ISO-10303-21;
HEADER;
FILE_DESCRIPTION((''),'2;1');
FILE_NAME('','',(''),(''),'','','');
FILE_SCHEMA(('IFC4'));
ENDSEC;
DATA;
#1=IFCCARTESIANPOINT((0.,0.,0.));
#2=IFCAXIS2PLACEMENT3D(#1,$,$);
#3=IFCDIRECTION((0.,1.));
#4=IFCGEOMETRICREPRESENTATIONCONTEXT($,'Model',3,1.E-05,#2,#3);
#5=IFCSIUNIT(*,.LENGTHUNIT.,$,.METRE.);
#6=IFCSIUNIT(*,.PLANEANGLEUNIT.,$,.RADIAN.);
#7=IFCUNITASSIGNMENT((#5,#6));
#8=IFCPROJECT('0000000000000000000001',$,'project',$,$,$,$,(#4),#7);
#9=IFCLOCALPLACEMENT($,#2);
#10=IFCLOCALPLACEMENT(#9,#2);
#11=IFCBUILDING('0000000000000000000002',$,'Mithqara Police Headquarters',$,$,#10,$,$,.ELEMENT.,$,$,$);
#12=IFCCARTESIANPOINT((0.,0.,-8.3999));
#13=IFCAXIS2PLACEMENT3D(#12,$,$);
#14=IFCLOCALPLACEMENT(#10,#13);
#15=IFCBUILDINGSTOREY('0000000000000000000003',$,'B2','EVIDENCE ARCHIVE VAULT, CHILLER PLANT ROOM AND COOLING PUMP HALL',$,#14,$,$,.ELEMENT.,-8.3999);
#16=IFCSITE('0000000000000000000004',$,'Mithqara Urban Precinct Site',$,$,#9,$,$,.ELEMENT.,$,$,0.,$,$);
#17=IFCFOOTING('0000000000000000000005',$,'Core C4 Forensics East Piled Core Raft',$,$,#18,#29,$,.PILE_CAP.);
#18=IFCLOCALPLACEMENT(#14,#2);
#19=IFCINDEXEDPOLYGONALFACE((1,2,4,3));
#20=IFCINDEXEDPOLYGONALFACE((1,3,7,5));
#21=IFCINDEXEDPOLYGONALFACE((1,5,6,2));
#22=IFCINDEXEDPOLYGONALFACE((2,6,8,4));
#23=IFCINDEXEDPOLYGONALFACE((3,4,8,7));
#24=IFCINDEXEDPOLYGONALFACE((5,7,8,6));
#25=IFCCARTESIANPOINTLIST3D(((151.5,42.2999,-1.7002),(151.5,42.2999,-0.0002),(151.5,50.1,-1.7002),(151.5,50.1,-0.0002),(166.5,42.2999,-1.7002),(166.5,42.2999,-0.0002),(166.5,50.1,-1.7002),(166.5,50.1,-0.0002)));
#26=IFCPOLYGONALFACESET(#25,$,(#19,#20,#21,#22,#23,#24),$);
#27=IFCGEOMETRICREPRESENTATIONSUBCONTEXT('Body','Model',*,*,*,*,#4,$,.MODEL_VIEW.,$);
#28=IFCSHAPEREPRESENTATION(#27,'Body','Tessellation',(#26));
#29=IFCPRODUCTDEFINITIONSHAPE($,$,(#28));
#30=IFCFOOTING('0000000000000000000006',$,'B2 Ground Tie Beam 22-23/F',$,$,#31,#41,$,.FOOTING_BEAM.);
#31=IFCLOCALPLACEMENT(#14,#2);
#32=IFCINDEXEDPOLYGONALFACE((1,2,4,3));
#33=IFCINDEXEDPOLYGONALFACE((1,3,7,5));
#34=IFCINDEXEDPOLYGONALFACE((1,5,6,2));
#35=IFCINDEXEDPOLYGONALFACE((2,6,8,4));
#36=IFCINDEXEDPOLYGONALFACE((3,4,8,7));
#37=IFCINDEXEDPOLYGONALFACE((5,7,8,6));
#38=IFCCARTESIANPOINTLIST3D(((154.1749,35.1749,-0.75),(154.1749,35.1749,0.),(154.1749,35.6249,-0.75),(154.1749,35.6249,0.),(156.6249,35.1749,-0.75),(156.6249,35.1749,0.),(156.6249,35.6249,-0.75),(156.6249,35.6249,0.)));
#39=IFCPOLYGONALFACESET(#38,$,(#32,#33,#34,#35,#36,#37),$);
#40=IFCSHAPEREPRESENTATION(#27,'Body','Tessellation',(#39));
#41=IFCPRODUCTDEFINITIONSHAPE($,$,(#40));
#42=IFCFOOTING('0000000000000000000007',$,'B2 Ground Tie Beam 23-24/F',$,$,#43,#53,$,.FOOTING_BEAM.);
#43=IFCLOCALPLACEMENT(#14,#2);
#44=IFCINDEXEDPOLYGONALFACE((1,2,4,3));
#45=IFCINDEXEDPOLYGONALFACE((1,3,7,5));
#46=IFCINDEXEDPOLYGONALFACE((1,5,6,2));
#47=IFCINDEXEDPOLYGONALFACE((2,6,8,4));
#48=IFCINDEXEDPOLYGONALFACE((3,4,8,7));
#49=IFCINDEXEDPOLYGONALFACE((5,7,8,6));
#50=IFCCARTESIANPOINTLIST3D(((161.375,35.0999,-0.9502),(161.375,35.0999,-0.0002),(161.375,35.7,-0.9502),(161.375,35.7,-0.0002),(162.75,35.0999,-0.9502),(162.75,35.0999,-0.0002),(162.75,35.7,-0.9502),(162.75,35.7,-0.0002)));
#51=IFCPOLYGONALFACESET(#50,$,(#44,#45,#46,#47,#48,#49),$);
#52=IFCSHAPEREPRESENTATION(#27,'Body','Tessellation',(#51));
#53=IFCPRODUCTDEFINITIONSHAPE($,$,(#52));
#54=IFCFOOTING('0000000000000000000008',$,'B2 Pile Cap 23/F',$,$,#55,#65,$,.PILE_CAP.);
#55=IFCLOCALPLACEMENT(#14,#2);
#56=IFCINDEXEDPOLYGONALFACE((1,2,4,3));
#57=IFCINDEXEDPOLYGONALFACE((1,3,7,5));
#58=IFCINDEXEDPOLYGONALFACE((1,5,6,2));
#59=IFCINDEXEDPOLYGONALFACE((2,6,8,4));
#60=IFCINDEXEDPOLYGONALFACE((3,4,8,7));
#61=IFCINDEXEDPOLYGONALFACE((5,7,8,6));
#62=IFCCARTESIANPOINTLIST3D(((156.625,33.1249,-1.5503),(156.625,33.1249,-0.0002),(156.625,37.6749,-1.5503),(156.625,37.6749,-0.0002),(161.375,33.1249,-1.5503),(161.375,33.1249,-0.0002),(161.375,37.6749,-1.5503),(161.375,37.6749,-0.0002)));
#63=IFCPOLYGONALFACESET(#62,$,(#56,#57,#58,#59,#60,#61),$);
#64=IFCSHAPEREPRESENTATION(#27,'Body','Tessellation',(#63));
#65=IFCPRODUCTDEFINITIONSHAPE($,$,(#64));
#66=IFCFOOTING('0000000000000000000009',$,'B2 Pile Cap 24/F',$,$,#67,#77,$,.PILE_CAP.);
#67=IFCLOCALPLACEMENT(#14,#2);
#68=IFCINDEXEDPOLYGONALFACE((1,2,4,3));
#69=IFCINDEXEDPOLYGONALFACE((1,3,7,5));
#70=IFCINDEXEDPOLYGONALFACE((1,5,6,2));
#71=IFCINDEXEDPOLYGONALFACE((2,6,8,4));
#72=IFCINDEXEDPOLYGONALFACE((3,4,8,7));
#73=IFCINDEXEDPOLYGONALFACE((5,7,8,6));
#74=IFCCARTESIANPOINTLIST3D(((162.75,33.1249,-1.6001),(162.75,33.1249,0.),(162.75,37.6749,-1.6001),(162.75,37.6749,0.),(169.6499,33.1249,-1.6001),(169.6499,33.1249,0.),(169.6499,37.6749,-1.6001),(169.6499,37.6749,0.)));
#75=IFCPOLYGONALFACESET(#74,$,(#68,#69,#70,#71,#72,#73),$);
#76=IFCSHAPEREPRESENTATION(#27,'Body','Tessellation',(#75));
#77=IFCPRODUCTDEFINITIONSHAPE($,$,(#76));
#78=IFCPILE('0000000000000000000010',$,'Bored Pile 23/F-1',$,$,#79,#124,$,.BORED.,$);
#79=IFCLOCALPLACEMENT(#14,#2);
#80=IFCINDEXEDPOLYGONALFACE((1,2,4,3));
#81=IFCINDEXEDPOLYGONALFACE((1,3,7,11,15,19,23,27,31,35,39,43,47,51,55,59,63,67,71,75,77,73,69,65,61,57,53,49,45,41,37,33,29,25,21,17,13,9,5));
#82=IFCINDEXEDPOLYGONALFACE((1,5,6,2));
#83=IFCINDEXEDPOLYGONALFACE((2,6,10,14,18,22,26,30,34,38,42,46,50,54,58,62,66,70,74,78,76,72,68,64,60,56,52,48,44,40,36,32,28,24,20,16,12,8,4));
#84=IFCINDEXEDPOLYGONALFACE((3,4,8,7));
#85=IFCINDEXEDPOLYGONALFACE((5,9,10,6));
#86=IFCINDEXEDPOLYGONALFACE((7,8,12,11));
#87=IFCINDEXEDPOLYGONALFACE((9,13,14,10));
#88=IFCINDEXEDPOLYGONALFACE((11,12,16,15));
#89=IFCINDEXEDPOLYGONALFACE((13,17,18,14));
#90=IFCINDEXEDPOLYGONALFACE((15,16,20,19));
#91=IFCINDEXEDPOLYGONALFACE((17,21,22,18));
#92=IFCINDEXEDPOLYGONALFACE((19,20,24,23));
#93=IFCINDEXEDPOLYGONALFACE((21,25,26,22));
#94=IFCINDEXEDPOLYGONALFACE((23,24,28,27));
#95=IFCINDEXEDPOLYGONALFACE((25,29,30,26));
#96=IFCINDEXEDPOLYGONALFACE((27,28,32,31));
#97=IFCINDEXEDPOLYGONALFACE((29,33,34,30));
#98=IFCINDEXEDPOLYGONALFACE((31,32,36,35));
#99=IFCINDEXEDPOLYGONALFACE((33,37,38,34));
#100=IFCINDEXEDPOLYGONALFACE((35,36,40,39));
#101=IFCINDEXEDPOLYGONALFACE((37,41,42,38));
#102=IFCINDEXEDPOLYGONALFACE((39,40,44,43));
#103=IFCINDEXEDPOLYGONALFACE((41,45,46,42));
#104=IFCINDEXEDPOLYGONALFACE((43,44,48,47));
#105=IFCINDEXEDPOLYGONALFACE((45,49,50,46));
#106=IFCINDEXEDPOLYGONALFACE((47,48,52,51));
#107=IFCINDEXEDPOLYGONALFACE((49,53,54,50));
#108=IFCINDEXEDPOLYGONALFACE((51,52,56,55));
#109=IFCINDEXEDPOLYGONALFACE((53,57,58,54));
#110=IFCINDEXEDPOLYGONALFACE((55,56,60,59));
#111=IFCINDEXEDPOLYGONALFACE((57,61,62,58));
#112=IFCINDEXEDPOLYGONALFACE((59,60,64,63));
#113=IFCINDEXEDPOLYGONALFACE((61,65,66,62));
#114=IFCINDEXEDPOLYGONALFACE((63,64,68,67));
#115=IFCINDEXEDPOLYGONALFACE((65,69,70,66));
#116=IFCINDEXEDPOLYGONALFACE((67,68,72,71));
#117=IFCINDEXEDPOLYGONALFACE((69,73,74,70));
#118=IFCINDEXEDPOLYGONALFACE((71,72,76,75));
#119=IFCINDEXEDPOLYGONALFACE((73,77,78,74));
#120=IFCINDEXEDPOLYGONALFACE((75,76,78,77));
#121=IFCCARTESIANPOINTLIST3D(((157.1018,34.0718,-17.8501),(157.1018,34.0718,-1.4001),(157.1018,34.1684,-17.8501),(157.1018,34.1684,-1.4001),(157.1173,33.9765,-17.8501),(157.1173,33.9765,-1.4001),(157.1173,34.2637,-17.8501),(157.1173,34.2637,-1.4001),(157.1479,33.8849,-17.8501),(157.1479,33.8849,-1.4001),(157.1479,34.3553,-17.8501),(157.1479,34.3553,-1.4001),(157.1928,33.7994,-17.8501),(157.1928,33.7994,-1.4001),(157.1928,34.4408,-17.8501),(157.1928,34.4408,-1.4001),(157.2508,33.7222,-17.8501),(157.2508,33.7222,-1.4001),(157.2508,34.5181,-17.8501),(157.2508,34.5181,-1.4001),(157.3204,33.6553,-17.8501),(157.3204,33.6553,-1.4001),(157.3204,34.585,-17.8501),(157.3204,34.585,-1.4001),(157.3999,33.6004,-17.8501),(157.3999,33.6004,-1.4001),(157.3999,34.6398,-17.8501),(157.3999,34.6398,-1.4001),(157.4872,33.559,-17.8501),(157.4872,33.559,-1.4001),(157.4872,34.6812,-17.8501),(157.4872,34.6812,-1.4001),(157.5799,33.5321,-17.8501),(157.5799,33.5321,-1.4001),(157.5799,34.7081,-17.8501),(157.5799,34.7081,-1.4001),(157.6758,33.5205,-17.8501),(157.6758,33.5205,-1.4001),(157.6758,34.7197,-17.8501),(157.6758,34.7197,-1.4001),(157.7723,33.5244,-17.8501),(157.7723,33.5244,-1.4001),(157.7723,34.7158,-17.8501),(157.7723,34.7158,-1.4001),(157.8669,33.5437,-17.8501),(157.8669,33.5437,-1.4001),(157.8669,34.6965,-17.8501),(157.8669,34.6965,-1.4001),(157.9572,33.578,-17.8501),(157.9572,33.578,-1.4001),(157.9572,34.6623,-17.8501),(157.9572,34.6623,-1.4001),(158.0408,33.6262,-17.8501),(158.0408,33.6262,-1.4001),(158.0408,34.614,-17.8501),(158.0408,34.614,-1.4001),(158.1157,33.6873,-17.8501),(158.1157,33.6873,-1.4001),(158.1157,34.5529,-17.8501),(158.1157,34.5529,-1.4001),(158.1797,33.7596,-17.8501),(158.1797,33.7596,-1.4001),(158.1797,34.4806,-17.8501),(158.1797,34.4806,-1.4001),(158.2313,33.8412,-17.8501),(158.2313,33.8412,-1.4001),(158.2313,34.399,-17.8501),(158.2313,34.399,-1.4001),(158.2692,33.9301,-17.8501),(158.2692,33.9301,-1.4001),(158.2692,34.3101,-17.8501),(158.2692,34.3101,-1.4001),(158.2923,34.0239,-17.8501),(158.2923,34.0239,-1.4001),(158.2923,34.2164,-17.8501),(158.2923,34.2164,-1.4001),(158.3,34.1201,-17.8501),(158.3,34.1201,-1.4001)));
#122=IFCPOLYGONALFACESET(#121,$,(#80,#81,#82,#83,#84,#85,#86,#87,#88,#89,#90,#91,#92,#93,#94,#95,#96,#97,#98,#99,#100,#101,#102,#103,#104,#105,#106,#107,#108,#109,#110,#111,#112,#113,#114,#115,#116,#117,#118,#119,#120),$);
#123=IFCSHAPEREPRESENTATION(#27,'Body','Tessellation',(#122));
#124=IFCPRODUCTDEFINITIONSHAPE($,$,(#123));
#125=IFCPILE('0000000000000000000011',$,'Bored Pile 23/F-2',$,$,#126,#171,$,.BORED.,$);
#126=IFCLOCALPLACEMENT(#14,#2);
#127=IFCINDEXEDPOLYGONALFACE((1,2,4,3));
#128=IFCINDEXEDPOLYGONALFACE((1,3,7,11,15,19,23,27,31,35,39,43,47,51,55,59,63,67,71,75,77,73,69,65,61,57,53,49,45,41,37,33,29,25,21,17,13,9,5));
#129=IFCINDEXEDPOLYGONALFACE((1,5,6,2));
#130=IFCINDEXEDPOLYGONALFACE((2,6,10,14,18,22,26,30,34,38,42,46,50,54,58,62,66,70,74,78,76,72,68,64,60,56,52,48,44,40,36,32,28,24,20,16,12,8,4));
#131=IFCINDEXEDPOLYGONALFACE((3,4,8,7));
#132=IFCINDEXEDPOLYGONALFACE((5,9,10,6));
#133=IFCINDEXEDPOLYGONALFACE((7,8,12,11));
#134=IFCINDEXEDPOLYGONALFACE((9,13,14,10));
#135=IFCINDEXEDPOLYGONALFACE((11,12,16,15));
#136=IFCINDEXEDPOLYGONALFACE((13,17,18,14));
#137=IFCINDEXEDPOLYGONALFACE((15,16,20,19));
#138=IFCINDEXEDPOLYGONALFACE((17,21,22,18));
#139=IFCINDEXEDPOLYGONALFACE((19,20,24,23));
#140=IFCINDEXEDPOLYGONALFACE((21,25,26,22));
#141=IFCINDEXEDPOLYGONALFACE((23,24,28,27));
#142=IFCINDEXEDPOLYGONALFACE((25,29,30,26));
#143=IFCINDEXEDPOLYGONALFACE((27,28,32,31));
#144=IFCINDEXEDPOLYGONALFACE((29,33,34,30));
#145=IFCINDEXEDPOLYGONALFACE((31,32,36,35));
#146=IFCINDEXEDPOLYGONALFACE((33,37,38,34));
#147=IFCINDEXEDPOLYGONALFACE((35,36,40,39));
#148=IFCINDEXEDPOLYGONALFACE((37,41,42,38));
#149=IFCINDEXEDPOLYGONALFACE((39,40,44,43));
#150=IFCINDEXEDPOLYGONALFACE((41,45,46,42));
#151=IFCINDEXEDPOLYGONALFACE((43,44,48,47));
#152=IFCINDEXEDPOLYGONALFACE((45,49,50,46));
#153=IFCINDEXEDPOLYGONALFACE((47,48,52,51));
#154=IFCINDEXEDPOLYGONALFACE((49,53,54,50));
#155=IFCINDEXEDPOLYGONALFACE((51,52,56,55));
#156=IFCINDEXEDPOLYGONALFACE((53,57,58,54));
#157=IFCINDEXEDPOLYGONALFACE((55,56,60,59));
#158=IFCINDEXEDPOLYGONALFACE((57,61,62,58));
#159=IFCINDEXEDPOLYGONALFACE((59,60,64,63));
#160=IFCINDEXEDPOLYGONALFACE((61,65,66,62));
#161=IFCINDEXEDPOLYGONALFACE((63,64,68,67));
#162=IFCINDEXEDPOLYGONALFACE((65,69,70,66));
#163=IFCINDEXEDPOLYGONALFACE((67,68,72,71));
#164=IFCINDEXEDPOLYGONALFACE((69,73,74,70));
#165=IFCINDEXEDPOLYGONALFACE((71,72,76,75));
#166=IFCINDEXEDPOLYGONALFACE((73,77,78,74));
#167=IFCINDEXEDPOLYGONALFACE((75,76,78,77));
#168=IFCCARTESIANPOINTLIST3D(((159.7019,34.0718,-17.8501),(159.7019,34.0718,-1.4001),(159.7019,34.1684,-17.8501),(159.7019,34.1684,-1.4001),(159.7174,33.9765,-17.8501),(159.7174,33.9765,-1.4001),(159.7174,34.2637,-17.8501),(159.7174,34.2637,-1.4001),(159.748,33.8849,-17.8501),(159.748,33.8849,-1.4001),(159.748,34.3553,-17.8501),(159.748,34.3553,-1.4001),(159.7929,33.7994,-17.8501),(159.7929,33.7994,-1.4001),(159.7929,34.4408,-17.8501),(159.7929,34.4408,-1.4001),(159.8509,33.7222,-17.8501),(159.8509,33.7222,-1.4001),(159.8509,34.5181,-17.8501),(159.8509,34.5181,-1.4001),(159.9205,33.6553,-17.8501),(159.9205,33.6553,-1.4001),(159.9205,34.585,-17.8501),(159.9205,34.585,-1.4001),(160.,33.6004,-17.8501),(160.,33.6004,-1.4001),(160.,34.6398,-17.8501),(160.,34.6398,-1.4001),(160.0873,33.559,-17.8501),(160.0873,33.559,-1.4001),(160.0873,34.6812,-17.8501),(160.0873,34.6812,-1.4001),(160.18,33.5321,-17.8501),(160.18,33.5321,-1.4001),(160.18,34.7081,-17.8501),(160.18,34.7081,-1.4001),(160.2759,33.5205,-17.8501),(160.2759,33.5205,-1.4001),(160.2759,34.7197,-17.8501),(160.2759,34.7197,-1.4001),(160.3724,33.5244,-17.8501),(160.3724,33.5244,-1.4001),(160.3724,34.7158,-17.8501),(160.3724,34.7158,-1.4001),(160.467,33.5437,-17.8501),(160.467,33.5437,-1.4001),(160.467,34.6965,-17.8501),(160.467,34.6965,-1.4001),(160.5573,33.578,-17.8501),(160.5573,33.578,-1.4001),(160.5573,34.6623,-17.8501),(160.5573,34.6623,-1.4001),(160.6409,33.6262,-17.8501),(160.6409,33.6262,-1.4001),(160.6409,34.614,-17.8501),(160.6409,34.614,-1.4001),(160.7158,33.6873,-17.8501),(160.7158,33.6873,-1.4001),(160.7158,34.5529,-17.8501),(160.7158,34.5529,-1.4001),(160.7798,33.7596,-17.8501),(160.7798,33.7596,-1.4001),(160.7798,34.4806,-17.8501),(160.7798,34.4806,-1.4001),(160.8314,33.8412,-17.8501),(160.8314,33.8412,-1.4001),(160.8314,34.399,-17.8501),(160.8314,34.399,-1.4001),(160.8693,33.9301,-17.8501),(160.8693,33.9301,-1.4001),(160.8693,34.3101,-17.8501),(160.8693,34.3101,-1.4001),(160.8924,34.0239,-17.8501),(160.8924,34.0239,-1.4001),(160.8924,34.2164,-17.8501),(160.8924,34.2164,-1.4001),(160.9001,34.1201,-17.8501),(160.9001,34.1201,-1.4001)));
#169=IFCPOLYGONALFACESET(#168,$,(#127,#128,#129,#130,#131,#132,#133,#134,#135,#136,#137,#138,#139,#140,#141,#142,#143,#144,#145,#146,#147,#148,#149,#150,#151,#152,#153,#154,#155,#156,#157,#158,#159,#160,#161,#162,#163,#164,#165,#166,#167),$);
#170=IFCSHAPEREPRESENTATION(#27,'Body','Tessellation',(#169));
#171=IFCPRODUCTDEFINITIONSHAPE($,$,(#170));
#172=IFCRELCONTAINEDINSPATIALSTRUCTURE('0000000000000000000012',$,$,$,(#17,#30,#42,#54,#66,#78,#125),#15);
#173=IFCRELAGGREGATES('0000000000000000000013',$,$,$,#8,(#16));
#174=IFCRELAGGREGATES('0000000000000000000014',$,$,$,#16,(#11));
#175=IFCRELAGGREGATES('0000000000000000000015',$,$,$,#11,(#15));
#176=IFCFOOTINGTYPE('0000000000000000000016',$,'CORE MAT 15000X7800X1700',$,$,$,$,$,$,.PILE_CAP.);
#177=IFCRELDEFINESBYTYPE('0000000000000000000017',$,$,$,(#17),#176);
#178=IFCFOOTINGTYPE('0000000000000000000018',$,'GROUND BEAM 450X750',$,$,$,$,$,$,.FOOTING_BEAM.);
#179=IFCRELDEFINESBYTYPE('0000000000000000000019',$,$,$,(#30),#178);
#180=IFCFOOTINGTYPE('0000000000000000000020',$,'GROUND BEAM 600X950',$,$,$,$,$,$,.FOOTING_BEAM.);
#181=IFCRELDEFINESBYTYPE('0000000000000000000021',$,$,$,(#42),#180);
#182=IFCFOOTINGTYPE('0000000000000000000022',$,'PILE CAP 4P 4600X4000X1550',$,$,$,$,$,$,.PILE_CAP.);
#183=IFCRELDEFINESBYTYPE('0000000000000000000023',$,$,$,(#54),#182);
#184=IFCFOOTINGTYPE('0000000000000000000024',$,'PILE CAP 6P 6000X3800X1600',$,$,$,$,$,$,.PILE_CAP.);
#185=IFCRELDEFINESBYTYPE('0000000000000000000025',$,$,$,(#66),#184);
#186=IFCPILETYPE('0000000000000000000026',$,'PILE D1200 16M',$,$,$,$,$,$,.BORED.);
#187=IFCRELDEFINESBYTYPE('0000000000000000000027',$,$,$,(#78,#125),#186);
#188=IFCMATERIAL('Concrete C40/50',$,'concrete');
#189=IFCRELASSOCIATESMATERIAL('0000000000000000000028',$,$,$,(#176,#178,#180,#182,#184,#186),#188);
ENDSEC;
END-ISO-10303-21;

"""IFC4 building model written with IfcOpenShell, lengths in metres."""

from ifc_helpers import new_model, si_unit, direction, frame, origin, origin_2d, place, context, subcontext, project, spatial, rectangle, circle, extrude, material, material_profile, profile_set, type_object, element, save


model = new_model("IFC4")

# Units and contexts
model_context = context("Model", 3, precision=1e-05, world=origin(), true_north=direction((0.0, 1.0)))
body_context = subcontext(model_context, "Body", "Model", "MODEL_VIEW")
ifc_project = project(units=[si_unit("LENGTHUNIT", "METRE"), si_unit("PLANEANGLEUNIT", "RADIAN")], contexts=[model_context])

# Site, building, storey
site_placement = place(None, origin())
site = spatial("IfcSite", under=ifc_project, at=site_placement, Name="Mithqara Urban Precinct Site", CompositionType="ELEMENT", RefElevation=0.0)
building_placement = place(site_placement, origin())
building = spatial("IfcBuilding", under=site, at=building_placement, Name="Mithqara Police Headquarters", CompositionType="ELEMENT")
storey_placement = place(building_placement, frame((0.0, 0.0, -8.3999)))
storey = spatial("IfcBuildingStorey", under=building, at=storey_placement, Name="B2", Description="EVIDENCE ARCHIVE VAULT, CHILLER PLANT ROOM AND COOLING PUMP HALL", CompositionType="ELEMENT", Elevation=-8.3999)

# Footings
ifc_material_1 = material(Name="Concrete C40/50", Category="concrete")
footing_type_1 = type_object("IfcFootingType", Name="CORE MAT 15000X7800X1700", PredefinedType="PILE_CAP", material=ifc_material_1)
footing_1_placement = place(storey_placement, frame((159.0, 46.2, -1.7002), z_axis=(0.0, 0.0, 1.0), x_axis=(1.0, 0.0, 0.0)))
element("IfcFooting", 1, at=footing_1_placement, inside=storey, type_object=footing_type_1, Name="Core C4 Forensics East Piled Core Raft", PredefinedType="PILE_CAP", context=body_context, shape_type="SweptSolid", body=[
    extrude(rectangle(XDim=15.0, YDim=7.8, at=origin_2d()), origin(), (0.0, 0.0, 1.0), 1.7),
])
footing_type_2 = type_object("IfcFootingType", Name="GROUND BEAM 450X750", PredefinedType="FOOTING_BEAM", material=ifc_material_1)
footing_2_placement = place(storey_placement, frame((155.3999, 35.3999, -0.75), z_axis=(0.0, 0.0, 1.0), x_axis=(1.0, 0.0, 0.0)))
element("IfcFooting", 2, at=footing_2_placement, inside=storey, type_object=footing_type_2, Name="B2 Ground Tie Beam 22-23/F", PredefinedType="FOOTING_BEAM", context=body_context, shape_type="SweptSolid", body=[
    extrude(rectangle(XDim=2.45, YDim=0.45, at=origin_2d()), origin(), (0.0, 0.0, 1.0), 0.75),
])
footing_type_3 = type_object("IfcFootingType", Name="GROUND BEAM 600X950", PredefinedType="FOOTING_BEAM", material=ifc_material_1)
footing_3_placement = place(storey_placement, frame((162.0625, 35.3999, -0.9502), z_axis=(0.0, 0.0, 1.0), x_axis=(1.0, 0.0, 0.0)))
element("IfcFooting", 3, at=footing_3_placement, inside=storey, type_object=footing_type_3, Name="B2 Ground Tie Beam 23-24/F", PredefinedType="FOOTING_BEAM", context=body_context, shape_type="SweptSolid", body=[
    extrude(rectangle(XDim=1.375, YDim=0.6001, at=origin_2d()), origin(), (0.0, 0.0, 1.0), 0.95),
])
footing_type_4 = type_object("IfcFootingType", Name="PILE CAP 4P 4600X4000X1550", PredefinedType="PILE_CAP", material=ifc_material_1)
footing_4_placement = place(storey_placement, frame((159.0, 35.3999, -1.5503), z_axis=(0.0, 0.0, 1.0), x_axis=(1.0, 0.0, 0.0)))
element("IfcFooting", 4, at=footing_4_placement, inside=storey, type_object=footing_type_4, Name="B2 Pile Cap 23/F", PredefinedType="PILE_CAP", context=body_context, shape_type="SweptSolid", body=[
    extrude(rectangle(XDim=4.75, YDim=4.55, at=origin_2d()), origin(), (0.0, 0.0, 1.0), 1.55),
])
footing_type_5 = type_object("IfcFootingType", Name="PILE CAP 6P 6000X3800X1600", PredefinedType="PILE_CAP", material=ifc_material_1)
footing_5_placement = place(storey_placement, frame((166.2, 35.3999, -1.6001), z_axis=(0.0, 0.0, 1.0), x_axis=(1.0, 0.0, 0.0)))
element("IfcFooting", 5, at=footing_5_placement, inside=storey, type_object=footing_type_5, Name="B2 Pile Cap 24/F", PredefinedType="PILE_CAP", context=body_context, shape_type="SweptSolid", body=[
    extrude(rectangle(XDim=6.8999, YDim=4.55, at=origin_2d()), origin(), (0.0, 0.0, 1.0), 1.6001),
])

# Piles
ifc_material_profile_1 = material_profile(ifc_material_1, circle(Radius=0.6001, at=origin_2d()), Name="PILE D1200")
ifc_profile_set_1 = profile_set([ifc_material_profile_1], Name="Concrete C40/50")
pile_type_1 = type_object("IfcPileType", Name="PILE D1200 16M", PredefinedType="BORED", material=ifc_profile_set_1)
for number, where, z_axis, x_axis, name in (
    (6, (157.7, 34.1201, -1.4001), (0.0, 0.0, -1.0), (1.0, 0.0, 0.0), "Bored Pile 23/F-1"),
    (7, (160.3, 34.1201, -1.4001), (0.0, 0.0, -1.0), (1.0, 0.0, 0.0), "Bored Pile 23/F-2"),
):
    element("IfcPile", number, at=place(storey_placement, frame(where, z_axis=z_axis, x_axis=x_axis)), inside=storey, type_object=pile_type_1, Name=name, PredefinedType="BORED", context=body_context, shape_type="SweptSolid", body=[
        extrude(circle(Radius=0.6001, at=origin_2d()), origin(), (0.0, 0.0, 1.0), 16.45),
    ])

save(model, "model.ifc")
